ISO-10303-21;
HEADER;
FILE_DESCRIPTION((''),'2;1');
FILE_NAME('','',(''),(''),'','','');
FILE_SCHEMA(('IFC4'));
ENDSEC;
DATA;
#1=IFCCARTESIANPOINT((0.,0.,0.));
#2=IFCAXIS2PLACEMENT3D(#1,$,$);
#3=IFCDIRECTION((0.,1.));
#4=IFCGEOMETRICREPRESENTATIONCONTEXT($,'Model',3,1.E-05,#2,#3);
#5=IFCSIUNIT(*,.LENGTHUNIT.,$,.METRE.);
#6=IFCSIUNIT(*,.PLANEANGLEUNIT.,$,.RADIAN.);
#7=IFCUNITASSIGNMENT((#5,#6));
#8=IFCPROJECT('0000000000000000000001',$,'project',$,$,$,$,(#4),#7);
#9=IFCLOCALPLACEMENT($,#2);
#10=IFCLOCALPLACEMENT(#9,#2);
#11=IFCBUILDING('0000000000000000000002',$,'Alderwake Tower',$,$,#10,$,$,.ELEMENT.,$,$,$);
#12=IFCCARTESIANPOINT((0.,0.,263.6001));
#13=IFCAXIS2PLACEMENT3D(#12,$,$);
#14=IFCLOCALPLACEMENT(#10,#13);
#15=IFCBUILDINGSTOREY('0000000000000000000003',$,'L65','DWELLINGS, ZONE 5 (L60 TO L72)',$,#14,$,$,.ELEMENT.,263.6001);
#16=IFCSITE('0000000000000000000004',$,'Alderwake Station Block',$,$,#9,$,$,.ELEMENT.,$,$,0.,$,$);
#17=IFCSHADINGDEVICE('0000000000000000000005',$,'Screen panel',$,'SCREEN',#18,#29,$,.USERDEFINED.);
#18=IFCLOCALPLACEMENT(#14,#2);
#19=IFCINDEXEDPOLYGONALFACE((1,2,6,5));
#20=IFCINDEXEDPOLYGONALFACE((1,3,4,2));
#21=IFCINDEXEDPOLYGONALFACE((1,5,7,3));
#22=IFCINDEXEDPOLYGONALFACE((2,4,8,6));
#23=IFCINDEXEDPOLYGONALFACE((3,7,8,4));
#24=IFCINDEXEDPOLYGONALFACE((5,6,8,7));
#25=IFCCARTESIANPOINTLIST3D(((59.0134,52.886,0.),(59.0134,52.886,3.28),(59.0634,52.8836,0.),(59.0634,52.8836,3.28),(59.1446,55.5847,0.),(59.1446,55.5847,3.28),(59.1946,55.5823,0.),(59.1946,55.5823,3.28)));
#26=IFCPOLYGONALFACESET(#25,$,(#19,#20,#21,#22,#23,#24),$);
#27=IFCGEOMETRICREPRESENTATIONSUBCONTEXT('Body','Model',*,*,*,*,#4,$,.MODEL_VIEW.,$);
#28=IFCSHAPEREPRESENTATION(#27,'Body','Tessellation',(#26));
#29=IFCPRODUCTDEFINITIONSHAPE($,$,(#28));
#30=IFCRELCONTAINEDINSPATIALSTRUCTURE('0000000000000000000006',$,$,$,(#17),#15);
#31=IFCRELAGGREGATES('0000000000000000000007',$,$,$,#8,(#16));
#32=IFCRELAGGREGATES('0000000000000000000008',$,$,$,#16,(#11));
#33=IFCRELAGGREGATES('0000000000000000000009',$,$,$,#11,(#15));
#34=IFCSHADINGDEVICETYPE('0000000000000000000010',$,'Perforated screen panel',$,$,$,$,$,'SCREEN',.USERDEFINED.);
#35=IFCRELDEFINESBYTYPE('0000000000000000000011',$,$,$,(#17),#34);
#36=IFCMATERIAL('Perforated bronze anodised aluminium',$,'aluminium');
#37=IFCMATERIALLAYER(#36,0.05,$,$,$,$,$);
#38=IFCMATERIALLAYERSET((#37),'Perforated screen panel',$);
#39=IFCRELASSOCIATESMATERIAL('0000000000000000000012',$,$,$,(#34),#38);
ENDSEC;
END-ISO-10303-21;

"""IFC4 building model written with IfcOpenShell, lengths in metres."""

from ifc_helpers import new_model, si_unit, direction, frame, origin, origin_2d, place, context, subcontext, project, spatial, rectangle, extrude, material, layer, layer_set, type_object, element, save


model = new_model("IFC4")

# Units and contexts
model_context = context("Model", 3, precision=1e-05, world=origin(), true_north=direction((0.0, 1.0)))
body_context = subcontext(model_context, "Body", "Model", "MODEL_VIEW")
ifc_project = project(units=[si_unit("LENGTHUNIT", "METRE"), si_unit("PLANEANGLEUNIT", "RADIAN")], contexts=[model_context])

# Site, building, storey
site_placement = place(None, origin())
site = spatial("IfcSite", under=ifc_project, at=site_placement, Name="Alderwake Station Block", CompositionType="ELEMENT", RefElevation=0.0)
building_placement = place(site_placement, origin())
building = spatial("IfcBuilding", under=site, at=building_placement, Name="Alderwake Tower", CompositionType="ELEMENT")
storey_placement = place(building_placement, frame((0.0, 0.0, 263.6001)))
storey = spatial("IfcBuildingStorey", under=building, at=storey_placement, Name="L65", Description="DWELLINGS, ZONE 5 (L60 TO L72)", CompositionType="ELEMENT", Elevation=263.6001)

# Shading device
ifc_material_1 = material(Name="Perforated bronze anodised aluminium", Category="aluminium")
ifc_layer_1 = layer(ifc_material_1, 0.05)
ifc_layer_set_1 = layer_set([ifc_layer_1], Name="Perforated screen panel")
shading_device_type_1 = type_object("IfcShadingDeviceType", Name="Perforated screen panel", ElementType="SCREEN", PredefinedType="USERDEFINED", material=ifc_layer_set_1)
shading_device_placement = place(storey_placement, frame((59.104, 54.2341, 0.0), z_axis=(0.0, 0.0, 1.0), x_axis=(0.998819, -0.048581, 0.0)))
element("IfcShadingDevice", 1, at=shading_device_placement, inside=storey, type_object=shading_device_type_1, Name="Screen panel", ObjectType="SCREEN", PredefinedType="USERDEFINED", context=body_context, shape_type="SweptSolid", body=[
    extrude(rectangle(XDim=0.05, YDim=2.7019, at=origin_2d()), origin(), (0.0, 0.0, 1.0), 3.28),
])

save(model, "model.ifc")
